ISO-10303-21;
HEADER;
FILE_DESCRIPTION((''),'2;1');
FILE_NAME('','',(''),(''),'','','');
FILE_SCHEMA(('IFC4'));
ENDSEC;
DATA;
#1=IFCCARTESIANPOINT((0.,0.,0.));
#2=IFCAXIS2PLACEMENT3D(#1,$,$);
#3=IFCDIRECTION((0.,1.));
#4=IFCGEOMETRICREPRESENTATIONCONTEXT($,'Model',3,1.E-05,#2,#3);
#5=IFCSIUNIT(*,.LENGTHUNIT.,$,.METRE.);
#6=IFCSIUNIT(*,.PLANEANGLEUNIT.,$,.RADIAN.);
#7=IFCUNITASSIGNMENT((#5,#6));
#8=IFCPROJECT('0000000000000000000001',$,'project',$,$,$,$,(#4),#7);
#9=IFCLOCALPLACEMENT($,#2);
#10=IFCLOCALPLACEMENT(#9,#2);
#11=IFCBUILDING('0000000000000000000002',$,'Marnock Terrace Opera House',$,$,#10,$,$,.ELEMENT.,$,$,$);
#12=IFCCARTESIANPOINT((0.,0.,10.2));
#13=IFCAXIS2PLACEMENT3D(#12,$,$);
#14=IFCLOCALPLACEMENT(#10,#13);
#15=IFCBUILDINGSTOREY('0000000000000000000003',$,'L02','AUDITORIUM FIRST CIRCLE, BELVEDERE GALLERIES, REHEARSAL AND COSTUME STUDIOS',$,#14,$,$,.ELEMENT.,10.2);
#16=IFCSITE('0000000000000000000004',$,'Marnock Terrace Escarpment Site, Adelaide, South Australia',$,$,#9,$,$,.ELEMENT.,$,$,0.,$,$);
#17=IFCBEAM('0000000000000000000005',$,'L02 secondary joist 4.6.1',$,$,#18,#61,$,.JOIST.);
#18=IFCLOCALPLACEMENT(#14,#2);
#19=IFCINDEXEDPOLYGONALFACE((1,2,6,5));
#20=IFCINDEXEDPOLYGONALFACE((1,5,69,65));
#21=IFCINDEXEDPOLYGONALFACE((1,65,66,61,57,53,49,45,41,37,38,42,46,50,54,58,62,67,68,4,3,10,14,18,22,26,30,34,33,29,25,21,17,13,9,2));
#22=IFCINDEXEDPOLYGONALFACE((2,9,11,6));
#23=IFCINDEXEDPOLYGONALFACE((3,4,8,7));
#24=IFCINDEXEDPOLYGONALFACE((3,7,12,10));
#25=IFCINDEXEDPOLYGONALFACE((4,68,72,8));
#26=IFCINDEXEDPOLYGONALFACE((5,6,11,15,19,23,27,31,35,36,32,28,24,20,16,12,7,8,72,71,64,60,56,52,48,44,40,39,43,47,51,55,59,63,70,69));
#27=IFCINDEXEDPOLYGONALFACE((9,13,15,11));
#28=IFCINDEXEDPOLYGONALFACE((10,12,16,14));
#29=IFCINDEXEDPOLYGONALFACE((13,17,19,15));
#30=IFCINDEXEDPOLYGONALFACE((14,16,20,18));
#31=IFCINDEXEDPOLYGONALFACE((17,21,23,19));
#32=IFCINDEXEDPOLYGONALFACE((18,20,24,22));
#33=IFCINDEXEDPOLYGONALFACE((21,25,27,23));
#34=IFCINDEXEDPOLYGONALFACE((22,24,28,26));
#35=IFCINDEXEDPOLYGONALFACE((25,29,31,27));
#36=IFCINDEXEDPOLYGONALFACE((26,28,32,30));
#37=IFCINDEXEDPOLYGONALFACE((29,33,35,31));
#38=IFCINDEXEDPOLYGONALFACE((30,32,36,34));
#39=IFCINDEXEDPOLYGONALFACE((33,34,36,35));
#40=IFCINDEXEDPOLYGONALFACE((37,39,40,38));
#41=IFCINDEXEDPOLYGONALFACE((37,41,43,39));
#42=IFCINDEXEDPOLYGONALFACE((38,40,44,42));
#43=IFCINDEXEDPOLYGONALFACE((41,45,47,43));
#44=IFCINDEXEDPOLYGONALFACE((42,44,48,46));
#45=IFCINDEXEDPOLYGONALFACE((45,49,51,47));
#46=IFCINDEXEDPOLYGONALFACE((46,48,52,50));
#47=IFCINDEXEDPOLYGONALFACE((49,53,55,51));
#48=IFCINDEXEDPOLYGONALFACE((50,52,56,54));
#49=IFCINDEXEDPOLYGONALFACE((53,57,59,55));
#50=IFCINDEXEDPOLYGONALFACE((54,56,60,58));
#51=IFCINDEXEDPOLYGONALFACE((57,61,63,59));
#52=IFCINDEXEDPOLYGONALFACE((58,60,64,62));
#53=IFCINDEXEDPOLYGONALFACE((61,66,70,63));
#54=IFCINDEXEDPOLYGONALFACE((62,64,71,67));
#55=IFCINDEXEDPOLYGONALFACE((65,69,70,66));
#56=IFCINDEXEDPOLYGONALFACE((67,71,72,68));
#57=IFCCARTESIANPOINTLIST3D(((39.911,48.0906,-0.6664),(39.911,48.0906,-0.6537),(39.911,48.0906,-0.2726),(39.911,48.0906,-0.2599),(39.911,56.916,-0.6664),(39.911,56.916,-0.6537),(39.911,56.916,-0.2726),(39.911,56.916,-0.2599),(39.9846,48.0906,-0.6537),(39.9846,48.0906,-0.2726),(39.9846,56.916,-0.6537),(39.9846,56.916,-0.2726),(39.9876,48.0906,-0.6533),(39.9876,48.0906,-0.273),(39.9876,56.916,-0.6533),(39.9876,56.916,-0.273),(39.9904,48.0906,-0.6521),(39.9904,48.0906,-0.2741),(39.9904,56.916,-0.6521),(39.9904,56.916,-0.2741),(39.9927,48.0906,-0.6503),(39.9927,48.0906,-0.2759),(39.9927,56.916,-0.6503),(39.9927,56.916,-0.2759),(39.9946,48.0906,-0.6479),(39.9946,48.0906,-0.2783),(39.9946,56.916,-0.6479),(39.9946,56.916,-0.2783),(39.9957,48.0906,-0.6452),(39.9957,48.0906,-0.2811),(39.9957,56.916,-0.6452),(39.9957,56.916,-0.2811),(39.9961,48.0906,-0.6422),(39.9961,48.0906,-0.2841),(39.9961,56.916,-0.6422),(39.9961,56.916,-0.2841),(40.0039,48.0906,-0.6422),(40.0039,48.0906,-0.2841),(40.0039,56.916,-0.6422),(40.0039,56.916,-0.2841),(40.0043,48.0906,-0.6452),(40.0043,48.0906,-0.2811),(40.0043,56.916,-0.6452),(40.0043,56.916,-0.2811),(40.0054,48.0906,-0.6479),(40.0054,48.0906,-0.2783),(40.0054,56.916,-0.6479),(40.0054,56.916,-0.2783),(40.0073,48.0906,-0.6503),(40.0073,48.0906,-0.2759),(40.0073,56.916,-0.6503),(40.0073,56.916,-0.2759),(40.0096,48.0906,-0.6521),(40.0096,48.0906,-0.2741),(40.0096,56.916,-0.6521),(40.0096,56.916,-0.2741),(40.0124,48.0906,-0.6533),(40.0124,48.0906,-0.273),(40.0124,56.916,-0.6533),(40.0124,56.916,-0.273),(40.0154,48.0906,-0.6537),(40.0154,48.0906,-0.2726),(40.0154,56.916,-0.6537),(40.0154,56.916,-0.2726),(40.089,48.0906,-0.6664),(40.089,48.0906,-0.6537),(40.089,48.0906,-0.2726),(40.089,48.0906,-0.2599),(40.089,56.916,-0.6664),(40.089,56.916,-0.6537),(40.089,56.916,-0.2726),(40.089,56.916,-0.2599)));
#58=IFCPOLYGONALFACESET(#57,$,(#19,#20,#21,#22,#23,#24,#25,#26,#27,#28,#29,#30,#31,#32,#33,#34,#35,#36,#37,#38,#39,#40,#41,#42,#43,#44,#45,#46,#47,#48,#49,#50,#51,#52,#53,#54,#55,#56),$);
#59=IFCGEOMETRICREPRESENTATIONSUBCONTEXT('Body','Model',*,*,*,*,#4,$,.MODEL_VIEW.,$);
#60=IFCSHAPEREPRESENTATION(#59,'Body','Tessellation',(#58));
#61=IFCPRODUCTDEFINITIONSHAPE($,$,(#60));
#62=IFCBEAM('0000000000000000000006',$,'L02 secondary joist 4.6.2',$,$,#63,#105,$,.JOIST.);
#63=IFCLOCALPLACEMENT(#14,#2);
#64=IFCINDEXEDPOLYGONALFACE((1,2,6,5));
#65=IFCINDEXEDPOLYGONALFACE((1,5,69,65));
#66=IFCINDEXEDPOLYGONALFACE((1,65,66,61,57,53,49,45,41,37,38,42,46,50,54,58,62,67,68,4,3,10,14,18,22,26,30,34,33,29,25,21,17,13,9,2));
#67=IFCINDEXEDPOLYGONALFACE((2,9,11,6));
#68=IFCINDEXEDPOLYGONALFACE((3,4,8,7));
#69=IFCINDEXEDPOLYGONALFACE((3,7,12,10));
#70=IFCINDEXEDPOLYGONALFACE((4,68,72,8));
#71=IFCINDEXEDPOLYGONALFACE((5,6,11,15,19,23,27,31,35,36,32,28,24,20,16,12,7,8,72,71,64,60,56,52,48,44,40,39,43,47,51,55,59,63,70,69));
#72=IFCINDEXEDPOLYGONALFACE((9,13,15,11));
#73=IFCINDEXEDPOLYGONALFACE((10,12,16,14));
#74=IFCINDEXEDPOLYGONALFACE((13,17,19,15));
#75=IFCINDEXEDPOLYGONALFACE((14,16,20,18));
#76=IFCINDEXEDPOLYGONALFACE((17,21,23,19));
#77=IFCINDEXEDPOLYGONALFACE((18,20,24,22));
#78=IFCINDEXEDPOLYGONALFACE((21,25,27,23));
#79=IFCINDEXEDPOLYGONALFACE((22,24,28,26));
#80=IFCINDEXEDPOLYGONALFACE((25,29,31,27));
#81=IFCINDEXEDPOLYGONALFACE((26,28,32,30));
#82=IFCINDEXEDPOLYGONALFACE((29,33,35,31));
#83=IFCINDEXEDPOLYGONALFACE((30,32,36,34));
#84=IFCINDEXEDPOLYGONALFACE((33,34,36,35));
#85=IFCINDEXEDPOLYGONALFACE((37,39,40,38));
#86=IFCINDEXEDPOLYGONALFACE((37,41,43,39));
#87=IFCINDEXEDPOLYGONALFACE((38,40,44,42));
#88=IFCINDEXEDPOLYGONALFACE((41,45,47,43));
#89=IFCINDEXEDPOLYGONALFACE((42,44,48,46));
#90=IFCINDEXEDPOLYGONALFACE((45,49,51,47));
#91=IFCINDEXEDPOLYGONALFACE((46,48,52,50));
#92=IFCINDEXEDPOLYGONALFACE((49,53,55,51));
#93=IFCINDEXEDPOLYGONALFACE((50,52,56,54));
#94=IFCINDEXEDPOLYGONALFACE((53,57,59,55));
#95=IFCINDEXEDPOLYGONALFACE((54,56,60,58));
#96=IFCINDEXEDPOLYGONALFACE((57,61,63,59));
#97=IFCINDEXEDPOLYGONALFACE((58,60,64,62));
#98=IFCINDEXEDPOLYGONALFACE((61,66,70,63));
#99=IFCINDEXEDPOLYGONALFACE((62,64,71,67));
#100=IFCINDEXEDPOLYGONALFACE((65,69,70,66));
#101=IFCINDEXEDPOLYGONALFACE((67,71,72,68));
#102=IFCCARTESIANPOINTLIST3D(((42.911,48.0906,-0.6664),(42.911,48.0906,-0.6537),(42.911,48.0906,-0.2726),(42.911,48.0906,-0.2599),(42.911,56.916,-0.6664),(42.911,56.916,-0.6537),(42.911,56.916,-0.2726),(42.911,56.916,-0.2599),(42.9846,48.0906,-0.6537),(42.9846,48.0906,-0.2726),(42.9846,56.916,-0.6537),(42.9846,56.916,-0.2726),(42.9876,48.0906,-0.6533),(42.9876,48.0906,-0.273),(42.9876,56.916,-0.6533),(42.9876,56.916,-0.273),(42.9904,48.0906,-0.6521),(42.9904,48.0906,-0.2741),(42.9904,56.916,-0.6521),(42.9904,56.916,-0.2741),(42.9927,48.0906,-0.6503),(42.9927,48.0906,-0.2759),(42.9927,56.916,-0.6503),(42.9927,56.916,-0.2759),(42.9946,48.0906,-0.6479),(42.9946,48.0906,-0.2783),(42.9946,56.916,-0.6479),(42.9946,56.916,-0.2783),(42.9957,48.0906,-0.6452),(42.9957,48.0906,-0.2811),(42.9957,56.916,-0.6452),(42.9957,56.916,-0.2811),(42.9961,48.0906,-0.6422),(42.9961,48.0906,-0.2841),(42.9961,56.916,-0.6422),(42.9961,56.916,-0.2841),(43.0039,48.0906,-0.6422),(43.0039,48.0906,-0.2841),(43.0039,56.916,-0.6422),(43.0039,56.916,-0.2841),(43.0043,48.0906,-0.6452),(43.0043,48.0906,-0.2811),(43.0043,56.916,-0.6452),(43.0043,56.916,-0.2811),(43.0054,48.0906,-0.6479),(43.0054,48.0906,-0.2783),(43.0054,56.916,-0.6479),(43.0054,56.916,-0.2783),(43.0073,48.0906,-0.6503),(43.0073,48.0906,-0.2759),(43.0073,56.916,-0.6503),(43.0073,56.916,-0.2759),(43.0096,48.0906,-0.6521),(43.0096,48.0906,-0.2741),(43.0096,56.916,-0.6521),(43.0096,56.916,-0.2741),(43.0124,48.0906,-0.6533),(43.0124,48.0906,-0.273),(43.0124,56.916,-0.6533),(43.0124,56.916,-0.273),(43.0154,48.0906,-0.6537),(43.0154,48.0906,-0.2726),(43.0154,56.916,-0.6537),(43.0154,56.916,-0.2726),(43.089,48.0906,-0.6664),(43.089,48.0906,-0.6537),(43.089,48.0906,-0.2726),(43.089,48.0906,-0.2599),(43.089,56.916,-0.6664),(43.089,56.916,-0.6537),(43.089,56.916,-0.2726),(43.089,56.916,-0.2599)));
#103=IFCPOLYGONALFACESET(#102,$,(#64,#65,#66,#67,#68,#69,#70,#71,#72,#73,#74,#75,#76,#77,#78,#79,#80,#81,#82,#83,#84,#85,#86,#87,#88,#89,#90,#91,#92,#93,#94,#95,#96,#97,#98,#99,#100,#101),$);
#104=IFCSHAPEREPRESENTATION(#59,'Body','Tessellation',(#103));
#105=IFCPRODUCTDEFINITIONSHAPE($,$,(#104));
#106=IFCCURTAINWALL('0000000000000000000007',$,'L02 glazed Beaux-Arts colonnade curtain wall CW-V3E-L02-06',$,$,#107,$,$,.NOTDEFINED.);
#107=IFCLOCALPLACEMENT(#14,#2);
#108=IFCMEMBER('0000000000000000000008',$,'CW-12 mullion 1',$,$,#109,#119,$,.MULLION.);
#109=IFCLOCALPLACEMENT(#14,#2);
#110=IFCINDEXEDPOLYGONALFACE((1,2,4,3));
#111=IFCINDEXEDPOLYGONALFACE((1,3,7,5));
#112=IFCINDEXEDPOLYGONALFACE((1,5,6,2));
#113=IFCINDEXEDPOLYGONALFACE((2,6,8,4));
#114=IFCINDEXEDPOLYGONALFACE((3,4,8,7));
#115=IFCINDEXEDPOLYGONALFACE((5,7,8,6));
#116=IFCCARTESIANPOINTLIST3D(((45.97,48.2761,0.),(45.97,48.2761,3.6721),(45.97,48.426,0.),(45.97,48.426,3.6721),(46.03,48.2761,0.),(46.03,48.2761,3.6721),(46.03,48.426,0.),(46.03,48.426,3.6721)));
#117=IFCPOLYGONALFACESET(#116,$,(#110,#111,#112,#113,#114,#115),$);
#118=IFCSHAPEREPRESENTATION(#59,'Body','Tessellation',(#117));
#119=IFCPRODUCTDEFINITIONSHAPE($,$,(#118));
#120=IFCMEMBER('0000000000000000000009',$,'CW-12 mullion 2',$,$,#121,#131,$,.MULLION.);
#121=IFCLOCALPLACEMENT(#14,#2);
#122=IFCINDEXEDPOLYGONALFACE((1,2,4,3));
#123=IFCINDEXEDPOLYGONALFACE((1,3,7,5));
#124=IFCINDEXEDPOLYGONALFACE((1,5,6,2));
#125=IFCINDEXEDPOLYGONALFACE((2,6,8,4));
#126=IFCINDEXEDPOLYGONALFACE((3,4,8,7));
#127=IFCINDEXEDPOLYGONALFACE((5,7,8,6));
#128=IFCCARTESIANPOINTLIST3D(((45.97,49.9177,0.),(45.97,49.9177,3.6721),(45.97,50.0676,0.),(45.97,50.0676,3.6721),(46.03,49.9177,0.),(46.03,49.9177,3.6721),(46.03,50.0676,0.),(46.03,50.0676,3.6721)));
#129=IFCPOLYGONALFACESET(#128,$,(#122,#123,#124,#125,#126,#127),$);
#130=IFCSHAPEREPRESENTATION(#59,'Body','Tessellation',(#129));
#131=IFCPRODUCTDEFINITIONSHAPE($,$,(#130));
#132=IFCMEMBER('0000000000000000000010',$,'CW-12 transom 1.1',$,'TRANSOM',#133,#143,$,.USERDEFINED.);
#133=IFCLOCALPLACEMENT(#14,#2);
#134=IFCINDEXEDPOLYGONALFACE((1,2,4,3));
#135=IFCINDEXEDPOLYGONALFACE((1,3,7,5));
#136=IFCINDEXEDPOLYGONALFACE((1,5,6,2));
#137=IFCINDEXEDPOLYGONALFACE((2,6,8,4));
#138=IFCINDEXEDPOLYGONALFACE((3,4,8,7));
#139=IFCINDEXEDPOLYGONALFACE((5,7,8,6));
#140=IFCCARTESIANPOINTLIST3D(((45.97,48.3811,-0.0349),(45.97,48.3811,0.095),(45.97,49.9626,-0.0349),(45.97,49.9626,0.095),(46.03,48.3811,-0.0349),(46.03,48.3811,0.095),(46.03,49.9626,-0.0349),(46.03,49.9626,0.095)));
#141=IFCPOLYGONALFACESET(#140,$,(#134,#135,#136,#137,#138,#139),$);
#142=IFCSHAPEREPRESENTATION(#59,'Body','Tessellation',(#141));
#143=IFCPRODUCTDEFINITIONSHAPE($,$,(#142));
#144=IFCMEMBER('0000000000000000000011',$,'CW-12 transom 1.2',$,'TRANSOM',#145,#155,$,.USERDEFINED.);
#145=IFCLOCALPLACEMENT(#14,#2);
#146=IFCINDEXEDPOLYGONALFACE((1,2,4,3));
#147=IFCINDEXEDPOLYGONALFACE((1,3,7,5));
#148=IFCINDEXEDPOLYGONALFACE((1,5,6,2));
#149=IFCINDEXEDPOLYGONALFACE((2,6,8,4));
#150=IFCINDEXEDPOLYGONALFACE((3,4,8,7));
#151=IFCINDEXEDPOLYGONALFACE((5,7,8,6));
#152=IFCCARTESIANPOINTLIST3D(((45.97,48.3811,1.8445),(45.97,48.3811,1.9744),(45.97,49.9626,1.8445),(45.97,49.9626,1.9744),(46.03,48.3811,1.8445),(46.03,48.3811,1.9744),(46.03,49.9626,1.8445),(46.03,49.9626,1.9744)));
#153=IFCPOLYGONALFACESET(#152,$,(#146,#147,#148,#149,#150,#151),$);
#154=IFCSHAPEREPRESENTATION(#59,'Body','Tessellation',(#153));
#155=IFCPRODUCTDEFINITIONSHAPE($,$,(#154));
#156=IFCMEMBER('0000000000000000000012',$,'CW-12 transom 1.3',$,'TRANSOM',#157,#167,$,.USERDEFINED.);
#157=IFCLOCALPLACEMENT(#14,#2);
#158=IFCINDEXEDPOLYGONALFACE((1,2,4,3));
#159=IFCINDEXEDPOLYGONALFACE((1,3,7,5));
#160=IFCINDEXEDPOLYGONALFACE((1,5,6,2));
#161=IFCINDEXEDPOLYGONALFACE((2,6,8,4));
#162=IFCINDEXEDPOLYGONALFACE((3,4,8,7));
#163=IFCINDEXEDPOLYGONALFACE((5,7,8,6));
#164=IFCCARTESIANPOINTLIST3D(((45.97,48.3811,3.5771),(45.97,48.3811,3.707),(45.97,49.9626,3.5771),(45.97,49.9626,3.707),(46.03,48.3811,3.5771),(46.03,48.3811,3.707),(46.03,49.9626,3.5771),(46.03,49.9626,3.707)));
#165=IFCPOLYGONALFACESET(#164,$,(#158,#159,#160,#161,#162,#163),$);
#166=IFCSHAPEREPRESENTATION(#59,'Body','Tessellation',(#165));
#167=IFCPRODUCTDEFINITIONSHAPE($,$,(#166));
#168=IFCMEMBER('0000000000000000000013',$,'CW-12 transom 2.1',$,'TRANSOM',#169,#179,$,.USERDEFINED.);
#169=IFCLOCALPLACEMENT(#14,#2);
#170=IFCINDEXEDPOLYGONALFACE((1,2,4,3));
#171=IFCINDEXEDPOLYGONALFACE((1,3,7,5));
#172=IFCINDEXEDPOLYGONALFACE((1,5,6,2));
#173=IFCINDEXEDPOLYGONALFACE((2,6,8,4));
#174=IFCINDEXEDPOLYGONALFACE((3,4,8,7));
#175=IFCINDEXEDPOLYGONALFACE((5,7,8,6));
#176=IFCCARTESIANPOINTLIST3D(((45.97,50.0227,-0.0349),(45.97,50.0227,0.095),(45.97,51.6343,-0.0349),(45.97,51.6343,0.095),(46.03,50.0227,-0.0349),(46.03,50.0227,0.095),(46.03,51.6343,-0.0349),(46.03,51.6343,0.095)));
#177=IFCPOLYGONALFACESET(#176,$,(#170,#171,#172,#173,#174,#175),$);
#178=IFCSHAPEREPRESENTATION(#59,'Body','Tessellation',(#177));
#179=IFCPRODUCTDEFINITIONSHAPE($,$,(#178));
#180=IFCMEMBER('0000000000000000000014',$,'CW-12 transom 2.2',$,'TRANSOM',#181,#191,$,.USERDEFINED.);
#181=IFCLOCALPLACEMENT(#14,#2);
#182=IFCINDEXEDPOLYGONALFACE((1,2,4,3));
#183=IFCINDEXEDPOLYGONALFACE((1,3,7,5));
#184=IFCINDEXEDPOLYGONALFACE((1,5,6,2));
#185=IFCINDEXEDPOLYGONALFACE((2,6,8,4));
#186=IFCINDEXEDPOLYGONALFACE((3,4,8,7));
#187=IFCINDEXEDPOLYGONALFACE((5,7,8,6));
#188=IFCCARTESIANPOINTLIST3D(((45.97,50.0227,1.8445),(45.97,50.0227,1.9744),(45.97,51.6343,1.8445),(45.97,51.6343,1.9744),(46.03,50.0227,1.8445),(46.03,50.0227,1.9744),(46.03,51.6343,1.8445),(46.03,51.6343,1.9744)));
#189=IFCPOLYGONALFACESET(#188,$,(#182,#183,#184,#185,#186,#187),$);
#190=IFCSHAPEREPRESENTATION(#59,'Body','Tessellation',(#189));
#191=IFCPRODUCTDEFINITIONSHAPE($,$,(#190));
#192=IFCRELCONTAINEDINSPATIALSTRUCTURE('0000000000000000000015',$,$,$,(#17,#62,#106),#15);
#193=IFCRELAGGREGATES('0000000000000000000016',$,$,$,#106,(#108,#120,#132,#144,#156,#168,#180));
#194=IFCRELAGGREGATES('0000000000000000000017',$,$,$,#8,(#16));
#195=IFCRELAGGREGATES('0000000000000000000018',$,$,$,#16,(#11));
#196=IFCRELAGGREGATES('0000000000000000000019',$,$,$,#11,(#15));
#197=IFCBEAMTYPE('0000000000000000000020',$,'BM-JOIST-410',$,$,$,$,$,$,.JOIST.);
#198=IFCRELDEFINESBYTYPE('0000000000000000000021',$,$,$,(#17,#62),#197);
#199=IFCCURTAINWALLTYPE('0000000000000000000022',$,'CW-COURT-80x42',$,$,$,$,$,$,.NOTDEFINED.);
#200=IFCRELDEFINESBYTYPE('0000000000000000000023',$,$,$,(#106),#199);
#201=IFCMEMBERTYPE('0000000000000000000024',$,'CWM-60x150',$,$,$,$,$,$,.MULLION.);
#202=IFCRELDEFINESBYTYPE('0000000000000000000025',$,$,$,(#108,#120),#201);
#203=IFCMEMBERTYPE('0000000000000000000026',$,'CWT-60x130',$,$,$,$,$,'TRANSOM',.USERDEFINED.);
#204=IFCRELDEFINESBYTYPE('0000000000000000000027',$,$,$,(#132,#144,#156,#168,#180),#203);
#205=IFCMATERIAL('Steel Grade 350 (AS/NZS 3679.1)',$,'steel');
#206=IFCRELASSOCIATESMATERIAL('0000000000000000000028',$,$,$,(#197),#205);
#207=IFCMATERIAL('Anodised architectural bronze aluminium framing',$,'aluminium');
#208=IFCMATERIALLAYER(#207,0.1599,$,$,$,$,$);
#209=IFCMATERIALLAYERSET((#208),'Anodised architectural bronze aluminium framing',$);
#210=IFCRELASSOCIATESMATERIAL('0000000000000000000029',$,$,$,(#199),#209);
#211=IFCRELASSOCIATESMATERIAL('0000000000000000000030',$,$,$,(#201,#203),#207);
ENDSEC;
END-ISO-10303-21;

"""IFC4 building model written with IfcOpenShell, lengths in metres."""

from ifc_helpers import new_model, si_unit, direction, frame, origin, origin_2d, place, context, subcontext, project, spatial, rectangle, i_section, extrude, material, layer, layer_set, material_profile, profile_set, type_object, element, aggregate, save


model = new_model("IFC4")

# Units and contexts
model_context = context("Model", 3, precision=1e-05, world=origin(), true_north=direction((0.0, 1.0)))
body_context = subcontext(model_context, "Body", "Model", "MODEL_VIEW")
ifc_project = project(units=[si_unit("LENGTHUNIT", "METRE"), si_unit("PLANEANGLEUNIT", "RADIAN")], contexts=[model_context])

# Site, building, storey
site_placement = place(None, origin())
site = spatial("IfcSite", under=ifc_project, at=site_placement, Name="Marnock Terrace Escarpment Site, Adelaide, South Australia", CompositionType="ELEMENT", RefElevation=0.0)
building_placement = place(site_placement, origin())
building = spatial("IfcBuilding", under=site, at=building_placement, Name="Marnock Terrace Opera House", CompositionType="ELEMENT")
storey_placement = place(building_placement, frame((0.0, 0.0, 10.2)))
storey = spatial("IfcBuildingStorey", under=building, at=storey_placement, Name="L02", Description="AUDITORIUM FIRST CIRCLE, BELVEDERE GALLERIES, REHEARSAL AND COSTUME STUDIOS", CompositionType="ELEMENT", Elevation=10.2)

# Beams
ifc_material_1 = material(Name="Steel Grade 350 (AS/NZS 3679.1)", Category="steel")
ifc_material_profile_1 = material_profile(ifc_material_1, i_section(OverallWidth=0.178, OverallDepth=0.4065, WebThickness=0.0078, FlangeThickness=0.0127, FilletRadius=0.0115, at=origin_2d()))
ifc_profile_set_1 = profile_set([ifc_material_profile_1], Name="Steel Grade 350 (AS/NZS 3679.1)")
beam_type_1 = type_object("IfcBeamType", Name="BM-JOIST-410", PredefinedType="JOIST", material=ifc_profile_set_1)
for number, where, z_axis, x_axis, name in (
    (1, (40.0, 48.0906, -0.4631), (0.0, 1.0, 0.0), (-1.0, 0.0, 0.0), "L02 secondary joist 4.6.1"),
    (2, (43.0, 48.0906, -0.4631), (0.0, 1.0, 0.0), (-1.0, 0.0, 0.0), "L02 secondary joist 4.6.2"),
):
    element("IfcBeam", number, at=place(storey_placement, frame(where, z_axis=z_axis, x_axis=x_axis)), inside=storey, type_object=beam_type_1, Name=name, PredefinedType="JOIST", context=body_context, shape_type="SweptSolid", body=[
        extrude(i_section(OverallWidth=0.178, OverallDepth=0.4065, WebThickness=0.0078, FlangeThickness=0.0127, FilletRadius=0.0115, at=origin_2d()), origin(), (0.0, 0.0, 1.0), 8.8254),
    ])

# Curtain wall, members
ifc_material_2 = material(Name="Anodised architectural bronze aluminium framing", Category="aluminium")
ifc_layer_1 = layer(ifc_material_2, 0.1599)
ifc_layer_set_1 = layer_set([ifc_layer_1], Name="Anodised architectural bronze aluminium framing")
curtain_wall_type = type_object("IfcCurtainWallType", Name="CW-COURT-80x42", PredefinedType="NOTDEFINED", material=ifc_layer_set_1)
curtain_wall_placement = place(storey_placement, origin())
curtain_wall = element("IfcCurtainWall", 3, at=curtain_wall_placement, inside=storey, type_object=curtain_wall_type, Name="L02 glazed Beaux-Arts colonnade curtain wall CW-V3E-L02-06", PredefinedType="NOTDEFINED")
ifc_material_profile_2 = material_profile(ifc_material_2, rectangle(XDim=0.0601, YDim=0.1499, at=origin_2d()))
ifc_profile_set_2 = profile_set([ifc_material_profile_2], Name="Anodised architectural bronze aluminium framing")
member_type_1 = type_object("IfcMemberType", Name="CWM-60x150", PredefinedType="MULLION", material=ifc_profile_set_2)
member_1_placement = place(storey_placement, frame((46.0, 48.3511, 0.0), z_axis=(0.0, 0.0, 1.0), x_axis=(-1.0, 0.0, 0.0)))
member_1 = element("IfcMember", 4, at=member_1_placement, type_object=member_type_1, Name="CW-12 mullion 1", PredefinedType="MULLION", context=body_context, shape_type="SweptSolid", body=[
    extrude(rectangle(XDim=0.0601, YDim=0.1499, at=origin_2d()), origin(), (0.0, 0.0, 1.0), 3.6721),
])
member_2_placement = place(storey_placement, frame((46.0, 49.9927, 0.0), z_axis=(0.0, 0.0, 1.0), x_axis=(-1.0, 0.0, 0.0)))
member_2 = element("IfcMember", 5, at=member_2_placement, type_object=member_type_1, Name="CW-12 mullion 2", PredefinedType="MULLION", context=body_context, shape_type="SweptSolid", body=[
    extrude(rectangle(XDim=0.0601, YDim=0.1499, at=origin_2d()), origin(), (0.0, 0.0, 1.0), 3.6721),
])
ifc_material_profile_3 = material_profile(ifc_material_2, rectangle(XDim=0.0601, YDim=0.1299, at=origin_2d()))
ifc_profile_set_3 = profile_set([ifc_material_profile_3], Name="Anodised architectural bronze aluminium framing")
member_type_2 = type_object("IfcMemberType", Name="CWT-60x130", ElementType="TRANSOM", PredefinedType="USERDEFINED", material=ifc_profile_set_3)
member_3_placement = place(storey_placement, frame((46.0, 48.3811, 0.03), z_axis=(0.0, 1.0, 0.0), x_axis=(-1.0, 0.0, 0.0)))
member_3 = element("IfcMember", 6, at=member_3_placement, type_object=member_type_2, Name="CW-12 transom 1.1", ObjectType="TRANSOM", PredefinedType="USERDEFINED", context=body_context, shape_type="SweptSolid", body=[
    extrude(rectangle(XDim=0.0601, YDim=0.1299, at=origin_2d()), origin(), (0.0, 0.0, 1.0), 1.5815),
])
member_4_placement = place(storey_placement, frame((46.0, 48.3811, 1.9094), z_axis=(0.0, 1.0, 0.0), x_axis=(-1.0, 0.0, 0.0)))
member_4 = element("IfcMember", 7, at=member_4_placement, type_object=member_type_2, Name="CW-12 transom 1.2", ObjectType="TRANSOM", PredefinedType="USERDEFINED", context=body_context, shape_type="SweptSolid", body=[
    extrude(rectangle(XDim=0.0601, YDim=0.1299, at=origin_2d()), origin(), (0.0, 0.0, 1.0), 1.5815),
])
member_5_placement = place(storey_placement, frame((46.0, 48.3811, 3.6421), z_axis=(0.0, 1.0, 0.0), x_axis=(-1.0, 0.0, 0.0)))
member_5 = element("IfcMember", 8, at=member_5_placement, type_object=member_type_2, Name="CW-12 transom 1.3", ObjectType="TRANSOM", PredefinedType="USERDEFINED", context=body_context, shape_type="SweptSolid", body=[
    extrude(rectangle(XDim=0.0601, YDim=0.1299, at=origin_2d()), origin(), (0.0, 0.0, 1.0), 1.5815),
])
member_6_placement = place(storey_placement, frame((46.0, 50.0227, 0.03), z_axis=(0.0, 1.0, 0.0), x_axis=(-1.0, 0.0, 0.0)))
member_6 = element("IfcMember", 9, at=member_6_placement, type_object=member_type_2, Name="CW-12 transom 2.1", ObjectType="TRANSOM", PredefinedType="USERDEFINED", context=body_context, shape_type="SweptSolid", body=[
    extrude(rectangle(XDim=0.0601, YDim=0.1299, at=origin_2d()), origin(), (0.0, 0.0, 1.0), 1.6116),
])
member_7_placement = place(storey_placement, frame((46.0, 50.0227, 1.9094), z_axis=(0.0, 1.0, 0.0), x_axis=(-1.0, 0.0, 0.0)))
member_7 = element("IfcMember", 10, at=member_7_placement, type_object=member_type_2, Name="CW-12 transom 2.2", ObjectType="TRANSOM", PredefinedType="USERDEFINED", context=body_context, shape_type="SweptSolid", body=[
    extrude(rectangle(XDim=0.0601, YDim=0.1299, at=origin_2d()), origin(), (0.0, 0.0, 1.0), 1.6116),
])
aggregate(curtain_wall, [member_1, member_2, member_3, member_4, member_5, member_6, member_7])

save(model, "model.ifc")
